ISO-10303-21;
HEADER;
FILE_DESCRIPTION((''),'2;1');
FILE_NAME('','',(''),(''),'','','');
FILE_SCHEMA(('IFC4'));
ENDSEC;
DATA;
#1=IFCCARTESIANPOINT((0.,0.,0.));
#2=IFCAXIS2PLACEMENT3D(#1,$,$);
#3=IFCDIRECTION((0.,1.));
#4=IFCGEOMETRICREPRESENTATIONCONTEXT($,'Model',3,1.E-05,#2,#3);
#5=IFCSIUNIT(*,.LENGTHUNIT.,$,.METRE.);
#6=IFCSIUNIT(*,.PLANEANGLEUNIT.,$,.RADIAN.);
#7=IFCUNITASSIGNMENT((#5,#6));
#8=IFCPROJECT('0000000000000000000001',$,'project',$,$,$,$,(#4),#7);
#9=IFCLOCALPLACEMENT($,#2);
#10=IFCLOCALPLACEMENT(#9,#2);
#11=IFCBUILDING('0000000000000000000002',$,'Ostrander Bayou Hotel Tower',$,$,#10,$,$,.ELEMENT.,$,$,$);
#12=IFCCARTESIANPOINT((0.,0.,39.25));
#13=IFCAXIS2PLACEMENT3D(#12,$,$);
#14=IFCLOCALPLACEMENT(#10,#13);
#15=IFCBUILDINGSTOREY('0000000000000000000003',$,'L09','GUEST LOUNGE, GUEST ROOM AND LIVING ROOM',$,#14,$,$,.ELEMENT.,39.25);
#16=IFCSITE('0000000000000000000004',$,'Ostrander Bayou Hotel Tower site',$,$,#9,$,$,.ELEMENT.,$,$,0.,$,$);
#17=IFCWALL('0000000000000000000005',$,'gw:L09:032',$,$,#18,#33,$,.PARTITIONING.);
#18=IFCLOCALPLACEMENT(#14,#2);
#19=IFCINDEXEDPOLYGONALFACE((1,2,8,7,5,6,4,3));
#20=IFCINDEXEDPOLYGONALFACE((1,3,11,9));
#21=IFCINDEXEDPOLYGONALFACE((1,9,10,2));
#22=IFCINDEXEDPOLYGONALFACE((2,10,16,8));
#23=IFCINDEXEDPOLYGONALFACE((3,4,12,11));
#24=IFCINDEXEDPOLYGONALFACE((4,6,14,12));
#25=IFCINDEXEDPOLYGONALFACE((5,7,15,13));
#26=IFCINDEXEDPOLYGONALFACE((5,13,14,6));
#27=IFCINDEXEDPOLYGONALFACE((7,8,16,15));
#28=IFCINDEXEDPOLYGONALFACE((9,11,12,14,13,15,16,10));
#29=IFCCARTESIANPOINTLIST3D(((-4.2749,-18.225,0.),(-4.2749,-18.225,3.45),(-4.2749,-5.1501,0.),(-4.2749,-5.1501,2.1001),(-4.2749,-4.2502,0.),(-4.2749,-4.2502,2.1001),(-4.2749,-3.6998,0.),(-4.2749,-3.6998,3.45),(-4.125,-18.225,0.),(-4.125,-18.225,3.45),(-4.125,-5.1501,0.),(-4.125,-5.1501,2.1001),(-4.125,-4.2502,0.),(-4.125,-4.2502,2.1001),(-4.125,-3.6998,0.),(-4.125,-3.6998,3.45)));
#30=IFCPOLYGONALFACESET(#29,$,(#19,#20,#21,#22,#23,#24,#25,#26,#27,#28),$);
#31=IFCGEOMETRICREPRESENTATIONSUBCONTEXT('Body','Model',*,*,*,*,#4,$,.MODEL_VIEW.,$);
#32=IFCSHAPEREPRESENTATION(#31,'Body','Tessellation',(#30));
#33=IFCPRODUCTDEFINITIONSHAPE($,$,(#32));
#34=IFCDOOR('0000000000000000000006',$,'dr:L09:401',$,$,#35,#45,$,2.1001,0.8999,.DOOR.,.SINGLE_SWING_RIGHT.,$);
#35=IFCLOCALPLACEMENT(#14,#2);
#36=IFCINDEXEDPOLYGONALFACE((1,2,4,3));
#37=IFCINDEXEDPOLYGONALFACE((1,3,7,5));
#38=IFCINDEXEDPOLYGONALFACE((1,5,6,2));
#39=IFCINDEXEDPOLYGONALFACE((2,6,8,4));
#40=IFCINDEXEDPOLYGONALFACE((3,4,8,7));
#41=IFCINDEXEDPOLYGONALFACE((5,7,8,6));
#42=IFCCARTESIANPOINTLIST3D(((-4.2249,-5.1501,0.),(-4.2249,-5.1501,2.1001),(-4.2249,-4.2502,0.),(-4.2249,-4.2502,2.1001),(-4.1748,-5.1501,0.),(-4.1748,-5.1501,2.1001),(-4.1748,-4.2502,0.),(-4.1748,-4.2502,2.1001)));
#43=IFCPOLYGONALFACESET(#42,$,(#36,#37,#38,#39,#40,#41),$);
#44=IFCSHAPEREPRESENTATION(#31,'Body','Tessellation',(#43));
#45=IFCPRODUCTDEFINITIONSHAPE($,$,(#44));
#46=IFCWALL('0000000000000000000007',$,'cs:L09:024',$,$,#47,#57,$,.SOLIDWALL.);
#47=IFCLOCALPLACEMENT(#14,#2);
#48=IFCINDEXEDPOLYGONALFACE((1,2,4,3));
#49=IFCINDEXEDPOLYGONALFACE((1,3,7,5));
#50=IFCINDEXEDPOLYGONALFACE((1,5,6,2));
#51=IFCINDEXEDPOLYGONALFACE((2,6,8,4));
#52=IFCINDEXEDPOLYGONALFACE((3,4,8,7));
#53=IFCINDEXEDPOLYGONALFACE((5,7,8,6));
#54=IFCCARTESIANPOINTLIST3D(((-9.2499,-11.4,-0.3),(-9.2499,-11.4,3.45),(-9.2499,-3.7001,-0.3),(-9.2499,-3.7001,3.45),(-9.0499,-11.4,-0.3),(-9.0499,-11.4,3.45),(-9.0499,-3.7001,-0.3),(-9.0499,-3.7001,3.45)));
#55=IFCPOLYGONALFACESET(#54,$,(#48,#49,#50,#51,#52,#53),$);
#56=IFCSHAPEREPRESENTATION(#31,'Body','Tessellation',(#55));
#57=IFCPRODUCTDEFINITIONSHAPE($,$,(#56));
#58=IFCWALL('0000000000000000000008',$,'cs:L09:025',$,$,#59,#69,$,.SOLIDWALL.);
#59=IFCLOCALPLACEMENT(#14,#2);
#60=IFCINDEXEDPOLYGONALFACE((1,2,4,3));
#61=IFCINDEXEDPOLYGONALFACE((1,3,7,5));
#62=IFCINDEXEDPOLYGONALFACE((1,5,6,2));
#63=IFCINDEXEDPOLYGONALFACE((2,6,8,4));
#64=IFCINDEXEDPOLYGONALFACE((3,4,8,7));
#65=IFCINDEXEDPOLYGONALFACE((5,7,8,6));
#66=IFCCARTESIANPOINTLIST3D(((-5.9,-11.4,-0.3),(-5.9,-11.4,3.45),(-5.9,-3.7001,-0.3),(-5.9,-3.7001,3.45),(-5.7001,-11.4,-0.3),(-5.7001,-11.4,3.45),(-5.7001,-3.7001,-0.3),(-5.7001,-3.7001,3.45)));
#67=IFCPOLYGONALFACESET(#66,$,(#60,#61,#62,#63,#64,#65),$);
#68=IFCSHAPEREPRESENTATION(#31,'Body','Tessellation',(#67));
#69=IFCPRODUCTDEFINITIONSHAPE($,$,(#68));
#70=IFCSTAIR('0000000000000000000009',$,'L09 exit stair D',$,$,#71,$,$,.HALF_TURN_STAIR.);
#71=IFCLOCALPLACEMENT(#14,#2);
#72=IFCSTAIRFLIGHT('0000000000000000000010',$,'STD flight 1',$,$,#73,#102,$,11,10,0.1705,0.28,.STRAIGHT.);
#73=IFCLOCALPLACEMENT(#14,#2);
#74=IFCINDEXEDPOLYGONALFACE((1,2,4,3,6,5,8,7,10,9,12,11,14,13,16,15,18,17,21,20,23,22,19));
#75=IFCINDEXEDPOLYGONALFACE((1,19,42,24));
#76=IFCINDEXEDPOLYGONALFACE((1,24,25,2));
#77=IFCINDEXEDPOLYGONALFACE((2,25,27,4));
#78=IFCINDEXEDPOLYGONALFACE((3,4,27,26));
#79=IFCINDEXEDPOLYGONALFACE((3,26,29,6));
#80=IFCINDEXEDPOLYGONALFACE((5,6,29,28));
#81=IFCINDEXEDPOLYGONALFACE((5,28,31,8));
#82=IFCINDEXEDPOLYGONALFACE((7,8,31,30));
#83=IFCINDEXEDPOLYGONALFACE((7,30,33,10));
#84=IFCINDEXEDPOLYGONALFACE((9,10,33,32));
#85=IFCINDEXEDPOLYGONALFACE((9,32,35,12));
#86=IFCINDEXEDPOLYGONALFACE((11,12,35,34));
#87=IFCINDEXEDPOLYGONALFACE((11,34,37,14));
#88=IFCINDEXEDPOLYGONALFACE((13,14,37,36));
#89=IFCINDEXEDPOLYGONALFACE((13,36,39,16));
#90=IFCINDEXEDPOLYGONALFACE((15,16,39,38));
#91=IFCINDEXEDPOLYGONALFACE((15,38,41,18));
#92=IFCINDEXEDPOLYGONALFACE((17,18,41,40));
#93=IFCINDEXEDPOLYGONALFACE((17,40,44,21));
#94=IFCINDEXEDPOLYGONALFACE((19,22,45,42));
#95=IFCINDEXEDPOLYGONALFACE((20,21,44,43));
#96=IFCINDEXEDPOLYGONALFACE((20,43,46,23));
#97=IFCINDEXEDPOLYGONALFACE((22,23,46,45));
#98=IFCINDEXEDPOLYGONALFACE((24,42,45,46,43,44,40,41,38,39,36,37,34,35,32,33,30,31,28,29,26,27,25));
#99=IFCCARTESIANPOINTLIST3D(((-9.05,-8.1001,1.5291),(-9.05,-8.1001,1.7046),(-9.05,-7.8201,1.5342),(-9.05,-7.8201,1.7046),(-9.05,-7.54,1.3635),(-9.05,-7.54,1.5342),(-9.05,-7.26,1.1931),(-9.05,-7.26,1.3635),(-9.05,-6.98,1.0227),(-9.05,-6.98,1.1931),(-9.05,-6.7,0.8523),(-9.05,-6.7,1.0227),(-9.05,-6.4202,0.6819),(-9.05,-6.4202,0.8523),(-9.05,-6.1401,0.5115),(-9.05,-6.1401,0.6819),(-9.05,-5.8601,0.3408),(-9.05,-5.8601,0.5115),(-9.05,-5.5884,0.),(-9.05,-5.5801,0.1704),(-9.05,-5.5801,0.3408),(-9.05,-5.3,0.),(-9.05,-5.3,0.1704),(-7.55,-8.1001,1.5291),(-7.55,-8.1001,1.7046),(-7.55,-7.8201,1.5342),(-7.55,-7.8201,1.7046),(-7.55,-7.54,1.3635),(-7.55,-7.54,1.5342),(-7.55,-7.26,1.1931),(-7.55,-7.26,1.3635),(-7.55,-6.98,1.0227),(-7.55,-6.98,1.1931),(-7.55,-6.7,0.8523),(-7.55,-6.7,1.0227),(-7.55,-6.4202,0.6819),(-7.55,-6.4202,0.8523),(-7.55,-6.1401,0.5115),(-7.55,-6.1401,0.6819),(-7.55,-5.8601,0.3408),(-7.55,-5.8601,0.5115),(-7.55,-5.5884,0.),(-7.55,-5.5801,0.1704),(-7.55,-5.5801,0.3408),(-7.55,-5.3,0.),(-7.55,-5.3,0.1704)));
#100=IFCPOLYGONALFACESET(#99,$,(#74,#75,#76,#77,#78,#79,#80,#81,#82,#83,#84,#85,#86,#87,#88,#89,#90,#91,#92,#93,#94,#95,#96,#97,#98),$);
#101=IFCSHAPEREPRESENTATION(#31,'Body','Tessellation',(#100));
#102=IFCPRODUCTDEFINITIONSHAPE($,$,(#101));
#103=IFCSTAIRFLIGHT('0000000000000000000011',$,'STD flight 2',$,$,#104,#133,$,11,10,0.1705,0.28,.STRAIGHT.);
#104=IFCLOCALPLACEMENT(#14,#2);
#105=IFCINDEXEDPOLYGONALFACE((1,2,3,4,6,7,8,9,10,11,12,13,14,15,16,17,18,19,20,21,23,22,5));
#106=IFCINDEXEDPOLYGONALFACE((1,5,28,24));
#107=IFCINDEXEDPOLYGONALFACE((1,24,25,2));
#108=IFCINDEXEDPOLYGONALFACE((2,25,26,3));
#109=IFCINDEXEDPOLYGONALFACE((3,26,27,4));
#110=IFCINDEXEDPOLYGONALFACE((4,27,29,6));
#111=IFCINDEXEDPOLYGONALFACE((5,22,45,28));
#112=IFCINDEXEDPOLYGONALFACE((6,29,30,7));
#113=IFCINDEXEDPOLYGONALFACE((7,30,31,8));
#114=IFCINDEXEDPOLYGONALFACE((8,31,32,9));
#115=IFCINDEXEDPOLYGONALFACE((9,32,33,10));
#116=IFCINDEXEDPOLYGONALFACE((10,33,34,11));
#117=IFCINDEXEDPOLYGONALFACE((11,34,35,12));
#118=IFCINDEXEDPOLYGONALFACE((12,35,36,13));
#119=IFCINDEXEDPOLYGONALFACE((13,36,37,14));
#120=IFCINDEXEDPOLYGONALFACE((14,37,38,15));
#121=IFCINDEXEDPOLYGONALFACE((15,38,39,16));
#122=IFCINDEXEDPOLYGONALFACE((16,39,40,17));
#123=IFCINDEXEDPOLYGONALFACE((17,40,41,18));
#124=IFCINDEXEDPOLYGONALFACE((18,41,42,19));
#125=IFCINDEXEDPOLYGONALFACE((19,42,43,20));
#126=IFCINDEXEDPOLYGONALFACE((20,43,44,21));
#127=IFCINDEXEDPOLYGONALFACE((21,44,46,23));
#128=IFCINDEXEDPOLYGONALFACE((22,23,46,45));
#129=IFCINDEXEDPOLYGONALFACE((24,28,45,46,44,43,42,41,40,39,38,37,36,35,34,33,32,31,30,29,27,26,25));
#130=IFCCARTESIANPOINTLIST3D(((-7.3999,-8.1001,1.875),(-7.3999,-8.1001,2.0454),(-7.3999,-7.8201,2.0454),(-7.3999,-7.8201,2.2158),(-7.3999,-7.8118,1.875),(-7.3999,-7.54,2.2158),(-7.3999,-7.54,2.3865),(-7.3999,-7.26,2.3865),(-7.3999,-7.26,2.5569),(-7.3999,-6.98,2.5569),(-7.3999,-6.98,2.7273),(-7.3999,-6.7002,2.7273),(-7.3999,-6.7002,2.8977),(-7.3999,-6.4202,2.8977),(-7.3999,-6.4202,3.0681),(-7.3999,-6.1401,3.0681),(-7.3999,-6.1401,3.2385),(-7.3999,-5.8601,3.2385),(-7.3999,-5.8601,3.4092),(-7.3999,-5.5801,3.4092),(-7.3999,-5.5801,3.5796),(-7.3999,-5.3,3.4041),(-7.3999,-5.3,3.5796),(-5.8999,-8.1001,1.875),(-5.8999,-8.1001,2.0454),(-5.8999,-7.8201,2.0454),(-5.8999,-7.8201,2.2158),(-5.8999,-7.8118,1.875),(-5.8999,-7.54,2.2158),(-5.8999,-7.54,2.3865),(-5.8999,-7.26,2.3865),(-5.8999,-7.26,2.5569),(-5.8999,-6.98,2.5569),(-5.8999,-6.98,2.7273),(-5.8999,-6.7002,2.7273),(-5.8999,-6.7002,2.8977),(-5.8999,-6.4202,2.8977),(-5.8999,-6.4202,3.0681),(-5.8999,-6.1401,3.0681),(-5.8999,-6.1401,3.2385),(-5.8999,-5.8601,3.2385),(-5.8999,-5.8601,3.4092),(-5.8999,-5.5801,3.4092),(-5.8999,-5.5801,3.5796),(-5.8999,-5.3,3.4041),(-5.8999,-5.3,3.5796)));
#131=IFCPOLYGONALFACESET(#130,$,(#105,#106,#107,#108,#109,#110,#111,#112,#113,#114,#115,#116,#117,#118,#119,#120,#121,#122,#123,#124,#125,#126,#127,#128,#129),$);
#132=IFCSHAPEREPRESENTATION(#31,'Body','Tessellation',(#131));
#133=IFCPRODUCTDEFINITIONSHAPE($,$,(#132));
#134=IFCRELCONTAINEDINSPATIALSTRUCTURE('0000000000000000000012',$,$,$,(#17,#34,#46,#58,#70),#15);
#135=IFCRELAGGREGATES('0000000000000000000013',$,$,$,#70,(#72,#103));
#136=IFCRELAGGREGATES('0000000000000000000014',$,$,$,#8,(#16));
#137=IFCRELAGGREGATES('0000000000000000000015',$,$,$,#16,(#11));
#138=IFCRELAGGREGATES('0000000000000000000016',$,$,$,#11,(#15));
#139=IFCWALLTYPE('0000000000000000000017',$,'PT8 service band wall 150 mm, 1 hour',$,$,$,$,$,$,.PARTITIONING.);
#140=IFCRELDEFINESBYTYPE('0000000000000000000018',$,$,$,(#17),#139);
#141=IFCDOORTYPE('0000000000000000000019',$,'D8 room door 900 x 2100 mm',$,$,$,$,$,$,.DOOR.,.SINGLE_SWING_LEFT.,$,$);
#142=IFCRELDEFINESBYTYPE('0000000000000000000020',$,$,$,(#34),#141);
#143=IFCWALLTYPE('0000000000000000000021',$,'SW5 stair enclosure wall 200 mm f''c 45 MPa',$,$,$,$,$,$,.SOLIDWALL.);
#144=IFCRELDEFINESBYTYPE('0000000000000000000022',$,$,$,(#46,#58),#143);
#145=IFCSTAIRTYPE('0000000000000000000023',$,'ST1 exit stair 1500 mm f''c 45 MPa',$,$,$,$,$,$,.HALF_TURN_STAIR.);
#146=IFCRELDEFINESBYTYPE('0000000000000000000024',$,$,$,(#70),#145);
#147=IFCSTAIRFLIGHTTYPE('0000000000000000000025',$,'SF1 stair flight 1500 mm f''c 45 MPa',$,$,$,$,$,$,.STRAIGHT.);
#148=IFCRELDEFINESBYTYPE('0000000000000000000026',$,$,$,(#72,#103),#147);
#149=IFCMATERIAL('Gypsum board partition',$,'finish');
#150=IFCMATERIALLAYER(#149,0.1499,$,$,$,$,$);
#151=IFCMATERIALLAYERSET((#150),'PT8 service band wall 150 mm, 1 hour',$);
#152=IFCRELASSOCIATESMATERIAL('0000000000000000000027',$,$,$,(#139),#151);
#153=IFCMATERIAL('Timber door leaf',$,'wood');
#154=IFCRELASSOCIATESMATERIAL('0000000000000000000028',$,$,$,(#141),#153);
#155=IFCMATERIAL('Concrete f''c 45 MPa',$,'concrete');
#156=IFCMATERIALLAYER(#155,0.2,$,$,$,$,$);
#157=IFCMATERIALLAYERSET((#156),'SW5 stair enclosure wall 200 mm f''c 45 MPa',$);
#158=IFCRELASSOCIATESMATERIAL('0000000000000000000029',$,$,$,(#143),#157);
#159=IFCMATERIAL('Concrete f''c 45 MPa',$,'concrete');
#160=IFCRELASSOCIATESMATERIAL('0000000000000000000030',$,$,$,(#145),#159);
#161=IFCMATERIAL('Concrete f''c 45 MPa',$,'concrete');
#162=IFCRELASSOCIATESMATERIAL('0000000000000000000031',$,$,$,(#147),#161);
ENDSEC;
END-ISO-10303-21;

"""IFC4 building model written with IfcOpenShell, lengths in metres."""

from ifc_helpers import new_model, si_unit, direction, frame, frame_2d, origin, place, context, subcontext, project, spatial, polyline, rectangle, outline, extrude, material, layer, layer_set, type_object, element, fill, aggregate, save


model = new_model("IFC4")

# Units and contexts
model_context = context("Model", 3, precision=1e-05, world=origin(), true_north=direction((0.0, 1.0)))
body_context = subcontext(model_context, "Body", "Model", "MODEL_VIEW")
ifc_project = project(units=[si_unit("LENGTHUNIT", "METRE"), si_unit("PLANEANGLEUNIT", "RADIAN")], contexts=[model_context])

# Site, building, storey
site_placement = place(None, origin())
site = spatial("IfcSite", under=ifc_project, at=site_placement, Name="Ostrander Bayou Hotel Tower site", CompositionType="ELEMENT", RefElevation=0.0)
building_placement = place(site_placement, origin())
building = spatial("IfcBuilding", under=site, at=building_placement, Name="Ostrander Bayou Hotel Tower", CompositionType="ELEMENT")
storey_placement = place(building_placement, frame((0.0, 0.0, 39.25)))
storey = spatial("IfcBuildingStorey", under=building, at=storey_placement, Name="L09", Description="GUEST LOUNGE, GUEST ROOM AND LIVING ROOM", CompositionType="ELEMENT", Elevation=39.25)

# Shared definitions
ifc_material_1 = material(Name="Gypsum board partition", Category="finish")
ifc_layer_1 = layer(ifc_material_1, 0.1499)
ifc_layer_set_1 = layer_set([ifc_layer_1], Name="PT8 service band wall 150 mm, 1 hour")
wall_type_1 = type_object("IfcWallType", Name="PT8 service band wall 150 mm, 1 hour", PredefinedType="PARTITIONING", material=ifc_layer_set_1)

# Wall, opening, door
wall_1_placement = place(storey_placement, frame((-4.2, -18.2251, 0.0), z_axis=(0.0, 0.0, 1.0), x_axis=(0.0, 1.0, 0.0)))
wall_1 = element("IfcWall", 1, at=wall_1_placement, inside=storey, type_object=wall_type_1, Name="gw:L09:032", PredefinedType="PARTITIONING", context=body_context, shape_type="SweptSolid", body=[
    extrude(rectangle(XDim=14.5251, YDim=0.1499, at=frame_2d((7.2627, 0.0))), origin(), (0.0, 0.0, 1.0), 3.45),
])
opening_1_placement = place(wall_1_placement, frame((13.075, 0.0, 0.0)))
opening_1 = element("IfcOpeningElement", 2, at=opening_1_placement, cuts=wall_1, PredefinedType="OPENING", context=body_context, shape_type="SweptSolid", body=[
    extrude(rectangle(XDim=0.8999, YDim=2.1001, at=frame_2d((0.45, 1.05))), frame((0.0, 0.075, 0.0), z_axis=(0.0, -1.0, 0.0), x_axis=(1.0, 0.0, 0.0)), (0.0, 0.0, 1.0), 0.1499),
])
ifc_material_2 = material(Name="Timber door leaf", Category="wood")
door_type_1 = type_object("IfcDoorType", Name="D8 room door 900 x 2100 mm", OperationType="SINGLE_SWING_LEFT", PredefinedType="DOOR", material=ifc_material_2)
door_1_placement = place(opening_1_placement, origin())
door_1 = element("IfcDoor", 3, at=door_1_placement, inside=storey, type_object=door_type_1, Name="dr:L09:401", OperationType="SINGLE_SWING_RIGHT", OverallHeight=2.1001, OverallWidth=0.8999, PredefinedType="DOOR", context=body_context, shape_type="SweptSolid", body=[
    extrude(rectangle(XDim=0.8999, YDim=2.1001, at=frame_2d((0.45, 1.05))), frame((0.0, 0.0249, 0.0), z_axis=(0.0, -1.0, 0.0), x_axis=(1.0, 0.0, 0.0)), (0.0, 0.0, 1.0), 0.05),
])
fill(opening_1, door_1)
ifc_material_3 = material(Name="Concrete f'c 45 MPa", Category="concrete")
ifc_layer_2 = layer(ifc_material_3, 0.2)
ifc_layer_set_2 = layer_set([ifc_layer_2], Name="SW5 stair enclosure wall 200 mm f'c 45 MPa")
wall_type_2 = type_object("IfcWallType", Name="SW5 stair enclosure wall 200 mm f'c 45 MPa", PredefinedType="SOLIDWALL", material=ifc_layer_set_2)

# Walls
for number, where, z_axis, x_axis, name in (
    (4, (-9.1499, -3.7, -0.3), (0.0, 0.0, 1.0), (0.0, -1.0, 0.0), "cs:L09:024"),
    (5, (-5.8, -3.7, -0.3), (0.0, 0.0, 1.0), (0.0, -1.0, 0.0), "cs:L09:025"),
):
    element("IfcWall", number, at=place(storey_placement, frame(where, z_axis=z_axis, x_axis=x_axis)), inside=storey, type_object=wall_type_2, Name=name, PredefinedType="SOLIDWALL", context=body_context, shape_type="SweptSolid", body=[
        extrude(rectangle(XDim=7.7, YDim=0.2, at=frame_2d((3.8501, 0.0))), origin(), (0.0, 0.0, 1.0), 3.75),
    ])

# Stair, stair flights
ifc_material_4 = material(Name="Concrete f'c 45 MPa", Category="concrete")
stair_type = type_object("IfcStairType", Name="ST1 exit stair 1500 mm f'c 45 MPa", PredefinedType="HALF_TURN_STAIR", material=ifc_material_4)
stair_placement = place(storey_placement, origin())
stair = element("IfcStair", 6, at=stair_placement, inside=storey, type_object=stair_type, Name="L09 exit stair D", PredefinedType="HALF_TURN_STAIR")
ifc_material_5 = material(Name="Concrete f'c 45 MPa", Category="concrete")
stair_flight_type = type_object("IfcStairFlightType", Name="SF1 stair flight 1500 mm f'c 45 MPa", PredefinedType="STRAIGHT", material=ifc_material_5)
stair_flight_1_placement = place(storey_placement, frame((-8.3, -5.3, 0.0), z_axis=(0.0, 0.0, 1.0), x_axis=(0.0, -1.0, 0.0)))
stair_flight_1 = element("IfcStairFlight", 7, at=stair_flight_1_placement, type_object=stair_flight_type, Name="STD flight 1", NumberOfRisers=11, NumberOfTreads=10, PredefinedType="STRAIGHT", RiserHeight=0.1705, TreadLength=0.28, context=body_context, shape_type="SweptSolid", body=[
    extrude(outline(polyline([(0.0, 0.0), (0.0, 0.1704), (0.28, 0.1704), (0.28, 0.3408), (0.5601, 0.3408), (0.5601, 0.5115), (0.8401, 0.5115), (0.8401, 0.6819), (1.1201, 0.6819), (1.1201, 0.8523), (1.3999, 0.8523), (1.3999, 1.0227), (1.6799, 1.0227), (1.6799, 1.1931), (1.96, 1.1931), (1.96, 1.3635), (2.24, 1.3635), (2.24, 1.5342), (2.52, 1.5342), (2.52, 1.7046), (2.8, 1.7046), (2.8, 1.875), (2.8, 1.5291), (0.2883, 0.0), (0.0, 0.0)])), frame((0.0, 0.75, 0.0), z_axis=(0.0, -1.0, 0.0), x_axis=(1.0, 0.0, 0.0)), (0.0, 0.0, 1.0), 1.5),
])
stair_flight_2_placement = place(storey_placement, frame((-6.6499, -8.1001, 1.875), z_axis=(0.0, 0.0, 1.0), x_axis=(0.0, 1.0, 0.0)))
stair_flight_2 = element("IfcStairFlight", 8, at=stair_flight_2_placement, type_object=stair_flight_type, Name="STD flight 2", NumberOfRisers=11, NumberOfTreads=10, PredefinedType="STRAIGHT", RiserHeight=0.1705, TreadLength=0.28, context=body_context, shape_type="SweptSolid", body=[
    extrude(outline(polyline([(0.0, 0.0), (0.0, 0.1704), (0.28, 0.1704), (0.28, 0.3408), (0.5601, 0.3408), (0.5601, 0.5115), (0.8401, 0.5115), (0.8401, 0.6819), (1.1201, 0.6819), (1.1201, 0.8523), (1.3999, 0.8523), (1.3999, 1.0227), (1.6799, 1.0227), (1.6799, 1.1931), (1.96, 1.1931), (1.96, 1.3635), (2.24, 1.3635), (2.24, 1.5342), (2.52, 1.5342), (2.52, 1.7046), (2.8, 1.7046), (2.8, 1.875), (2.8, 1.5291), (0.2883, 0.0), (0.0, 0.0)])), frame((0.0, 0.75, 0.0), z_axis=(0.0, -1.0, 0.0), x_axis=(1.0, 0.0, 0.0)), (0.0, 0.0, 1.0), 1.5),
])
aggregate(stair, [stair_flight_1, stair_flight_2])

save(model, "model.ifc")
